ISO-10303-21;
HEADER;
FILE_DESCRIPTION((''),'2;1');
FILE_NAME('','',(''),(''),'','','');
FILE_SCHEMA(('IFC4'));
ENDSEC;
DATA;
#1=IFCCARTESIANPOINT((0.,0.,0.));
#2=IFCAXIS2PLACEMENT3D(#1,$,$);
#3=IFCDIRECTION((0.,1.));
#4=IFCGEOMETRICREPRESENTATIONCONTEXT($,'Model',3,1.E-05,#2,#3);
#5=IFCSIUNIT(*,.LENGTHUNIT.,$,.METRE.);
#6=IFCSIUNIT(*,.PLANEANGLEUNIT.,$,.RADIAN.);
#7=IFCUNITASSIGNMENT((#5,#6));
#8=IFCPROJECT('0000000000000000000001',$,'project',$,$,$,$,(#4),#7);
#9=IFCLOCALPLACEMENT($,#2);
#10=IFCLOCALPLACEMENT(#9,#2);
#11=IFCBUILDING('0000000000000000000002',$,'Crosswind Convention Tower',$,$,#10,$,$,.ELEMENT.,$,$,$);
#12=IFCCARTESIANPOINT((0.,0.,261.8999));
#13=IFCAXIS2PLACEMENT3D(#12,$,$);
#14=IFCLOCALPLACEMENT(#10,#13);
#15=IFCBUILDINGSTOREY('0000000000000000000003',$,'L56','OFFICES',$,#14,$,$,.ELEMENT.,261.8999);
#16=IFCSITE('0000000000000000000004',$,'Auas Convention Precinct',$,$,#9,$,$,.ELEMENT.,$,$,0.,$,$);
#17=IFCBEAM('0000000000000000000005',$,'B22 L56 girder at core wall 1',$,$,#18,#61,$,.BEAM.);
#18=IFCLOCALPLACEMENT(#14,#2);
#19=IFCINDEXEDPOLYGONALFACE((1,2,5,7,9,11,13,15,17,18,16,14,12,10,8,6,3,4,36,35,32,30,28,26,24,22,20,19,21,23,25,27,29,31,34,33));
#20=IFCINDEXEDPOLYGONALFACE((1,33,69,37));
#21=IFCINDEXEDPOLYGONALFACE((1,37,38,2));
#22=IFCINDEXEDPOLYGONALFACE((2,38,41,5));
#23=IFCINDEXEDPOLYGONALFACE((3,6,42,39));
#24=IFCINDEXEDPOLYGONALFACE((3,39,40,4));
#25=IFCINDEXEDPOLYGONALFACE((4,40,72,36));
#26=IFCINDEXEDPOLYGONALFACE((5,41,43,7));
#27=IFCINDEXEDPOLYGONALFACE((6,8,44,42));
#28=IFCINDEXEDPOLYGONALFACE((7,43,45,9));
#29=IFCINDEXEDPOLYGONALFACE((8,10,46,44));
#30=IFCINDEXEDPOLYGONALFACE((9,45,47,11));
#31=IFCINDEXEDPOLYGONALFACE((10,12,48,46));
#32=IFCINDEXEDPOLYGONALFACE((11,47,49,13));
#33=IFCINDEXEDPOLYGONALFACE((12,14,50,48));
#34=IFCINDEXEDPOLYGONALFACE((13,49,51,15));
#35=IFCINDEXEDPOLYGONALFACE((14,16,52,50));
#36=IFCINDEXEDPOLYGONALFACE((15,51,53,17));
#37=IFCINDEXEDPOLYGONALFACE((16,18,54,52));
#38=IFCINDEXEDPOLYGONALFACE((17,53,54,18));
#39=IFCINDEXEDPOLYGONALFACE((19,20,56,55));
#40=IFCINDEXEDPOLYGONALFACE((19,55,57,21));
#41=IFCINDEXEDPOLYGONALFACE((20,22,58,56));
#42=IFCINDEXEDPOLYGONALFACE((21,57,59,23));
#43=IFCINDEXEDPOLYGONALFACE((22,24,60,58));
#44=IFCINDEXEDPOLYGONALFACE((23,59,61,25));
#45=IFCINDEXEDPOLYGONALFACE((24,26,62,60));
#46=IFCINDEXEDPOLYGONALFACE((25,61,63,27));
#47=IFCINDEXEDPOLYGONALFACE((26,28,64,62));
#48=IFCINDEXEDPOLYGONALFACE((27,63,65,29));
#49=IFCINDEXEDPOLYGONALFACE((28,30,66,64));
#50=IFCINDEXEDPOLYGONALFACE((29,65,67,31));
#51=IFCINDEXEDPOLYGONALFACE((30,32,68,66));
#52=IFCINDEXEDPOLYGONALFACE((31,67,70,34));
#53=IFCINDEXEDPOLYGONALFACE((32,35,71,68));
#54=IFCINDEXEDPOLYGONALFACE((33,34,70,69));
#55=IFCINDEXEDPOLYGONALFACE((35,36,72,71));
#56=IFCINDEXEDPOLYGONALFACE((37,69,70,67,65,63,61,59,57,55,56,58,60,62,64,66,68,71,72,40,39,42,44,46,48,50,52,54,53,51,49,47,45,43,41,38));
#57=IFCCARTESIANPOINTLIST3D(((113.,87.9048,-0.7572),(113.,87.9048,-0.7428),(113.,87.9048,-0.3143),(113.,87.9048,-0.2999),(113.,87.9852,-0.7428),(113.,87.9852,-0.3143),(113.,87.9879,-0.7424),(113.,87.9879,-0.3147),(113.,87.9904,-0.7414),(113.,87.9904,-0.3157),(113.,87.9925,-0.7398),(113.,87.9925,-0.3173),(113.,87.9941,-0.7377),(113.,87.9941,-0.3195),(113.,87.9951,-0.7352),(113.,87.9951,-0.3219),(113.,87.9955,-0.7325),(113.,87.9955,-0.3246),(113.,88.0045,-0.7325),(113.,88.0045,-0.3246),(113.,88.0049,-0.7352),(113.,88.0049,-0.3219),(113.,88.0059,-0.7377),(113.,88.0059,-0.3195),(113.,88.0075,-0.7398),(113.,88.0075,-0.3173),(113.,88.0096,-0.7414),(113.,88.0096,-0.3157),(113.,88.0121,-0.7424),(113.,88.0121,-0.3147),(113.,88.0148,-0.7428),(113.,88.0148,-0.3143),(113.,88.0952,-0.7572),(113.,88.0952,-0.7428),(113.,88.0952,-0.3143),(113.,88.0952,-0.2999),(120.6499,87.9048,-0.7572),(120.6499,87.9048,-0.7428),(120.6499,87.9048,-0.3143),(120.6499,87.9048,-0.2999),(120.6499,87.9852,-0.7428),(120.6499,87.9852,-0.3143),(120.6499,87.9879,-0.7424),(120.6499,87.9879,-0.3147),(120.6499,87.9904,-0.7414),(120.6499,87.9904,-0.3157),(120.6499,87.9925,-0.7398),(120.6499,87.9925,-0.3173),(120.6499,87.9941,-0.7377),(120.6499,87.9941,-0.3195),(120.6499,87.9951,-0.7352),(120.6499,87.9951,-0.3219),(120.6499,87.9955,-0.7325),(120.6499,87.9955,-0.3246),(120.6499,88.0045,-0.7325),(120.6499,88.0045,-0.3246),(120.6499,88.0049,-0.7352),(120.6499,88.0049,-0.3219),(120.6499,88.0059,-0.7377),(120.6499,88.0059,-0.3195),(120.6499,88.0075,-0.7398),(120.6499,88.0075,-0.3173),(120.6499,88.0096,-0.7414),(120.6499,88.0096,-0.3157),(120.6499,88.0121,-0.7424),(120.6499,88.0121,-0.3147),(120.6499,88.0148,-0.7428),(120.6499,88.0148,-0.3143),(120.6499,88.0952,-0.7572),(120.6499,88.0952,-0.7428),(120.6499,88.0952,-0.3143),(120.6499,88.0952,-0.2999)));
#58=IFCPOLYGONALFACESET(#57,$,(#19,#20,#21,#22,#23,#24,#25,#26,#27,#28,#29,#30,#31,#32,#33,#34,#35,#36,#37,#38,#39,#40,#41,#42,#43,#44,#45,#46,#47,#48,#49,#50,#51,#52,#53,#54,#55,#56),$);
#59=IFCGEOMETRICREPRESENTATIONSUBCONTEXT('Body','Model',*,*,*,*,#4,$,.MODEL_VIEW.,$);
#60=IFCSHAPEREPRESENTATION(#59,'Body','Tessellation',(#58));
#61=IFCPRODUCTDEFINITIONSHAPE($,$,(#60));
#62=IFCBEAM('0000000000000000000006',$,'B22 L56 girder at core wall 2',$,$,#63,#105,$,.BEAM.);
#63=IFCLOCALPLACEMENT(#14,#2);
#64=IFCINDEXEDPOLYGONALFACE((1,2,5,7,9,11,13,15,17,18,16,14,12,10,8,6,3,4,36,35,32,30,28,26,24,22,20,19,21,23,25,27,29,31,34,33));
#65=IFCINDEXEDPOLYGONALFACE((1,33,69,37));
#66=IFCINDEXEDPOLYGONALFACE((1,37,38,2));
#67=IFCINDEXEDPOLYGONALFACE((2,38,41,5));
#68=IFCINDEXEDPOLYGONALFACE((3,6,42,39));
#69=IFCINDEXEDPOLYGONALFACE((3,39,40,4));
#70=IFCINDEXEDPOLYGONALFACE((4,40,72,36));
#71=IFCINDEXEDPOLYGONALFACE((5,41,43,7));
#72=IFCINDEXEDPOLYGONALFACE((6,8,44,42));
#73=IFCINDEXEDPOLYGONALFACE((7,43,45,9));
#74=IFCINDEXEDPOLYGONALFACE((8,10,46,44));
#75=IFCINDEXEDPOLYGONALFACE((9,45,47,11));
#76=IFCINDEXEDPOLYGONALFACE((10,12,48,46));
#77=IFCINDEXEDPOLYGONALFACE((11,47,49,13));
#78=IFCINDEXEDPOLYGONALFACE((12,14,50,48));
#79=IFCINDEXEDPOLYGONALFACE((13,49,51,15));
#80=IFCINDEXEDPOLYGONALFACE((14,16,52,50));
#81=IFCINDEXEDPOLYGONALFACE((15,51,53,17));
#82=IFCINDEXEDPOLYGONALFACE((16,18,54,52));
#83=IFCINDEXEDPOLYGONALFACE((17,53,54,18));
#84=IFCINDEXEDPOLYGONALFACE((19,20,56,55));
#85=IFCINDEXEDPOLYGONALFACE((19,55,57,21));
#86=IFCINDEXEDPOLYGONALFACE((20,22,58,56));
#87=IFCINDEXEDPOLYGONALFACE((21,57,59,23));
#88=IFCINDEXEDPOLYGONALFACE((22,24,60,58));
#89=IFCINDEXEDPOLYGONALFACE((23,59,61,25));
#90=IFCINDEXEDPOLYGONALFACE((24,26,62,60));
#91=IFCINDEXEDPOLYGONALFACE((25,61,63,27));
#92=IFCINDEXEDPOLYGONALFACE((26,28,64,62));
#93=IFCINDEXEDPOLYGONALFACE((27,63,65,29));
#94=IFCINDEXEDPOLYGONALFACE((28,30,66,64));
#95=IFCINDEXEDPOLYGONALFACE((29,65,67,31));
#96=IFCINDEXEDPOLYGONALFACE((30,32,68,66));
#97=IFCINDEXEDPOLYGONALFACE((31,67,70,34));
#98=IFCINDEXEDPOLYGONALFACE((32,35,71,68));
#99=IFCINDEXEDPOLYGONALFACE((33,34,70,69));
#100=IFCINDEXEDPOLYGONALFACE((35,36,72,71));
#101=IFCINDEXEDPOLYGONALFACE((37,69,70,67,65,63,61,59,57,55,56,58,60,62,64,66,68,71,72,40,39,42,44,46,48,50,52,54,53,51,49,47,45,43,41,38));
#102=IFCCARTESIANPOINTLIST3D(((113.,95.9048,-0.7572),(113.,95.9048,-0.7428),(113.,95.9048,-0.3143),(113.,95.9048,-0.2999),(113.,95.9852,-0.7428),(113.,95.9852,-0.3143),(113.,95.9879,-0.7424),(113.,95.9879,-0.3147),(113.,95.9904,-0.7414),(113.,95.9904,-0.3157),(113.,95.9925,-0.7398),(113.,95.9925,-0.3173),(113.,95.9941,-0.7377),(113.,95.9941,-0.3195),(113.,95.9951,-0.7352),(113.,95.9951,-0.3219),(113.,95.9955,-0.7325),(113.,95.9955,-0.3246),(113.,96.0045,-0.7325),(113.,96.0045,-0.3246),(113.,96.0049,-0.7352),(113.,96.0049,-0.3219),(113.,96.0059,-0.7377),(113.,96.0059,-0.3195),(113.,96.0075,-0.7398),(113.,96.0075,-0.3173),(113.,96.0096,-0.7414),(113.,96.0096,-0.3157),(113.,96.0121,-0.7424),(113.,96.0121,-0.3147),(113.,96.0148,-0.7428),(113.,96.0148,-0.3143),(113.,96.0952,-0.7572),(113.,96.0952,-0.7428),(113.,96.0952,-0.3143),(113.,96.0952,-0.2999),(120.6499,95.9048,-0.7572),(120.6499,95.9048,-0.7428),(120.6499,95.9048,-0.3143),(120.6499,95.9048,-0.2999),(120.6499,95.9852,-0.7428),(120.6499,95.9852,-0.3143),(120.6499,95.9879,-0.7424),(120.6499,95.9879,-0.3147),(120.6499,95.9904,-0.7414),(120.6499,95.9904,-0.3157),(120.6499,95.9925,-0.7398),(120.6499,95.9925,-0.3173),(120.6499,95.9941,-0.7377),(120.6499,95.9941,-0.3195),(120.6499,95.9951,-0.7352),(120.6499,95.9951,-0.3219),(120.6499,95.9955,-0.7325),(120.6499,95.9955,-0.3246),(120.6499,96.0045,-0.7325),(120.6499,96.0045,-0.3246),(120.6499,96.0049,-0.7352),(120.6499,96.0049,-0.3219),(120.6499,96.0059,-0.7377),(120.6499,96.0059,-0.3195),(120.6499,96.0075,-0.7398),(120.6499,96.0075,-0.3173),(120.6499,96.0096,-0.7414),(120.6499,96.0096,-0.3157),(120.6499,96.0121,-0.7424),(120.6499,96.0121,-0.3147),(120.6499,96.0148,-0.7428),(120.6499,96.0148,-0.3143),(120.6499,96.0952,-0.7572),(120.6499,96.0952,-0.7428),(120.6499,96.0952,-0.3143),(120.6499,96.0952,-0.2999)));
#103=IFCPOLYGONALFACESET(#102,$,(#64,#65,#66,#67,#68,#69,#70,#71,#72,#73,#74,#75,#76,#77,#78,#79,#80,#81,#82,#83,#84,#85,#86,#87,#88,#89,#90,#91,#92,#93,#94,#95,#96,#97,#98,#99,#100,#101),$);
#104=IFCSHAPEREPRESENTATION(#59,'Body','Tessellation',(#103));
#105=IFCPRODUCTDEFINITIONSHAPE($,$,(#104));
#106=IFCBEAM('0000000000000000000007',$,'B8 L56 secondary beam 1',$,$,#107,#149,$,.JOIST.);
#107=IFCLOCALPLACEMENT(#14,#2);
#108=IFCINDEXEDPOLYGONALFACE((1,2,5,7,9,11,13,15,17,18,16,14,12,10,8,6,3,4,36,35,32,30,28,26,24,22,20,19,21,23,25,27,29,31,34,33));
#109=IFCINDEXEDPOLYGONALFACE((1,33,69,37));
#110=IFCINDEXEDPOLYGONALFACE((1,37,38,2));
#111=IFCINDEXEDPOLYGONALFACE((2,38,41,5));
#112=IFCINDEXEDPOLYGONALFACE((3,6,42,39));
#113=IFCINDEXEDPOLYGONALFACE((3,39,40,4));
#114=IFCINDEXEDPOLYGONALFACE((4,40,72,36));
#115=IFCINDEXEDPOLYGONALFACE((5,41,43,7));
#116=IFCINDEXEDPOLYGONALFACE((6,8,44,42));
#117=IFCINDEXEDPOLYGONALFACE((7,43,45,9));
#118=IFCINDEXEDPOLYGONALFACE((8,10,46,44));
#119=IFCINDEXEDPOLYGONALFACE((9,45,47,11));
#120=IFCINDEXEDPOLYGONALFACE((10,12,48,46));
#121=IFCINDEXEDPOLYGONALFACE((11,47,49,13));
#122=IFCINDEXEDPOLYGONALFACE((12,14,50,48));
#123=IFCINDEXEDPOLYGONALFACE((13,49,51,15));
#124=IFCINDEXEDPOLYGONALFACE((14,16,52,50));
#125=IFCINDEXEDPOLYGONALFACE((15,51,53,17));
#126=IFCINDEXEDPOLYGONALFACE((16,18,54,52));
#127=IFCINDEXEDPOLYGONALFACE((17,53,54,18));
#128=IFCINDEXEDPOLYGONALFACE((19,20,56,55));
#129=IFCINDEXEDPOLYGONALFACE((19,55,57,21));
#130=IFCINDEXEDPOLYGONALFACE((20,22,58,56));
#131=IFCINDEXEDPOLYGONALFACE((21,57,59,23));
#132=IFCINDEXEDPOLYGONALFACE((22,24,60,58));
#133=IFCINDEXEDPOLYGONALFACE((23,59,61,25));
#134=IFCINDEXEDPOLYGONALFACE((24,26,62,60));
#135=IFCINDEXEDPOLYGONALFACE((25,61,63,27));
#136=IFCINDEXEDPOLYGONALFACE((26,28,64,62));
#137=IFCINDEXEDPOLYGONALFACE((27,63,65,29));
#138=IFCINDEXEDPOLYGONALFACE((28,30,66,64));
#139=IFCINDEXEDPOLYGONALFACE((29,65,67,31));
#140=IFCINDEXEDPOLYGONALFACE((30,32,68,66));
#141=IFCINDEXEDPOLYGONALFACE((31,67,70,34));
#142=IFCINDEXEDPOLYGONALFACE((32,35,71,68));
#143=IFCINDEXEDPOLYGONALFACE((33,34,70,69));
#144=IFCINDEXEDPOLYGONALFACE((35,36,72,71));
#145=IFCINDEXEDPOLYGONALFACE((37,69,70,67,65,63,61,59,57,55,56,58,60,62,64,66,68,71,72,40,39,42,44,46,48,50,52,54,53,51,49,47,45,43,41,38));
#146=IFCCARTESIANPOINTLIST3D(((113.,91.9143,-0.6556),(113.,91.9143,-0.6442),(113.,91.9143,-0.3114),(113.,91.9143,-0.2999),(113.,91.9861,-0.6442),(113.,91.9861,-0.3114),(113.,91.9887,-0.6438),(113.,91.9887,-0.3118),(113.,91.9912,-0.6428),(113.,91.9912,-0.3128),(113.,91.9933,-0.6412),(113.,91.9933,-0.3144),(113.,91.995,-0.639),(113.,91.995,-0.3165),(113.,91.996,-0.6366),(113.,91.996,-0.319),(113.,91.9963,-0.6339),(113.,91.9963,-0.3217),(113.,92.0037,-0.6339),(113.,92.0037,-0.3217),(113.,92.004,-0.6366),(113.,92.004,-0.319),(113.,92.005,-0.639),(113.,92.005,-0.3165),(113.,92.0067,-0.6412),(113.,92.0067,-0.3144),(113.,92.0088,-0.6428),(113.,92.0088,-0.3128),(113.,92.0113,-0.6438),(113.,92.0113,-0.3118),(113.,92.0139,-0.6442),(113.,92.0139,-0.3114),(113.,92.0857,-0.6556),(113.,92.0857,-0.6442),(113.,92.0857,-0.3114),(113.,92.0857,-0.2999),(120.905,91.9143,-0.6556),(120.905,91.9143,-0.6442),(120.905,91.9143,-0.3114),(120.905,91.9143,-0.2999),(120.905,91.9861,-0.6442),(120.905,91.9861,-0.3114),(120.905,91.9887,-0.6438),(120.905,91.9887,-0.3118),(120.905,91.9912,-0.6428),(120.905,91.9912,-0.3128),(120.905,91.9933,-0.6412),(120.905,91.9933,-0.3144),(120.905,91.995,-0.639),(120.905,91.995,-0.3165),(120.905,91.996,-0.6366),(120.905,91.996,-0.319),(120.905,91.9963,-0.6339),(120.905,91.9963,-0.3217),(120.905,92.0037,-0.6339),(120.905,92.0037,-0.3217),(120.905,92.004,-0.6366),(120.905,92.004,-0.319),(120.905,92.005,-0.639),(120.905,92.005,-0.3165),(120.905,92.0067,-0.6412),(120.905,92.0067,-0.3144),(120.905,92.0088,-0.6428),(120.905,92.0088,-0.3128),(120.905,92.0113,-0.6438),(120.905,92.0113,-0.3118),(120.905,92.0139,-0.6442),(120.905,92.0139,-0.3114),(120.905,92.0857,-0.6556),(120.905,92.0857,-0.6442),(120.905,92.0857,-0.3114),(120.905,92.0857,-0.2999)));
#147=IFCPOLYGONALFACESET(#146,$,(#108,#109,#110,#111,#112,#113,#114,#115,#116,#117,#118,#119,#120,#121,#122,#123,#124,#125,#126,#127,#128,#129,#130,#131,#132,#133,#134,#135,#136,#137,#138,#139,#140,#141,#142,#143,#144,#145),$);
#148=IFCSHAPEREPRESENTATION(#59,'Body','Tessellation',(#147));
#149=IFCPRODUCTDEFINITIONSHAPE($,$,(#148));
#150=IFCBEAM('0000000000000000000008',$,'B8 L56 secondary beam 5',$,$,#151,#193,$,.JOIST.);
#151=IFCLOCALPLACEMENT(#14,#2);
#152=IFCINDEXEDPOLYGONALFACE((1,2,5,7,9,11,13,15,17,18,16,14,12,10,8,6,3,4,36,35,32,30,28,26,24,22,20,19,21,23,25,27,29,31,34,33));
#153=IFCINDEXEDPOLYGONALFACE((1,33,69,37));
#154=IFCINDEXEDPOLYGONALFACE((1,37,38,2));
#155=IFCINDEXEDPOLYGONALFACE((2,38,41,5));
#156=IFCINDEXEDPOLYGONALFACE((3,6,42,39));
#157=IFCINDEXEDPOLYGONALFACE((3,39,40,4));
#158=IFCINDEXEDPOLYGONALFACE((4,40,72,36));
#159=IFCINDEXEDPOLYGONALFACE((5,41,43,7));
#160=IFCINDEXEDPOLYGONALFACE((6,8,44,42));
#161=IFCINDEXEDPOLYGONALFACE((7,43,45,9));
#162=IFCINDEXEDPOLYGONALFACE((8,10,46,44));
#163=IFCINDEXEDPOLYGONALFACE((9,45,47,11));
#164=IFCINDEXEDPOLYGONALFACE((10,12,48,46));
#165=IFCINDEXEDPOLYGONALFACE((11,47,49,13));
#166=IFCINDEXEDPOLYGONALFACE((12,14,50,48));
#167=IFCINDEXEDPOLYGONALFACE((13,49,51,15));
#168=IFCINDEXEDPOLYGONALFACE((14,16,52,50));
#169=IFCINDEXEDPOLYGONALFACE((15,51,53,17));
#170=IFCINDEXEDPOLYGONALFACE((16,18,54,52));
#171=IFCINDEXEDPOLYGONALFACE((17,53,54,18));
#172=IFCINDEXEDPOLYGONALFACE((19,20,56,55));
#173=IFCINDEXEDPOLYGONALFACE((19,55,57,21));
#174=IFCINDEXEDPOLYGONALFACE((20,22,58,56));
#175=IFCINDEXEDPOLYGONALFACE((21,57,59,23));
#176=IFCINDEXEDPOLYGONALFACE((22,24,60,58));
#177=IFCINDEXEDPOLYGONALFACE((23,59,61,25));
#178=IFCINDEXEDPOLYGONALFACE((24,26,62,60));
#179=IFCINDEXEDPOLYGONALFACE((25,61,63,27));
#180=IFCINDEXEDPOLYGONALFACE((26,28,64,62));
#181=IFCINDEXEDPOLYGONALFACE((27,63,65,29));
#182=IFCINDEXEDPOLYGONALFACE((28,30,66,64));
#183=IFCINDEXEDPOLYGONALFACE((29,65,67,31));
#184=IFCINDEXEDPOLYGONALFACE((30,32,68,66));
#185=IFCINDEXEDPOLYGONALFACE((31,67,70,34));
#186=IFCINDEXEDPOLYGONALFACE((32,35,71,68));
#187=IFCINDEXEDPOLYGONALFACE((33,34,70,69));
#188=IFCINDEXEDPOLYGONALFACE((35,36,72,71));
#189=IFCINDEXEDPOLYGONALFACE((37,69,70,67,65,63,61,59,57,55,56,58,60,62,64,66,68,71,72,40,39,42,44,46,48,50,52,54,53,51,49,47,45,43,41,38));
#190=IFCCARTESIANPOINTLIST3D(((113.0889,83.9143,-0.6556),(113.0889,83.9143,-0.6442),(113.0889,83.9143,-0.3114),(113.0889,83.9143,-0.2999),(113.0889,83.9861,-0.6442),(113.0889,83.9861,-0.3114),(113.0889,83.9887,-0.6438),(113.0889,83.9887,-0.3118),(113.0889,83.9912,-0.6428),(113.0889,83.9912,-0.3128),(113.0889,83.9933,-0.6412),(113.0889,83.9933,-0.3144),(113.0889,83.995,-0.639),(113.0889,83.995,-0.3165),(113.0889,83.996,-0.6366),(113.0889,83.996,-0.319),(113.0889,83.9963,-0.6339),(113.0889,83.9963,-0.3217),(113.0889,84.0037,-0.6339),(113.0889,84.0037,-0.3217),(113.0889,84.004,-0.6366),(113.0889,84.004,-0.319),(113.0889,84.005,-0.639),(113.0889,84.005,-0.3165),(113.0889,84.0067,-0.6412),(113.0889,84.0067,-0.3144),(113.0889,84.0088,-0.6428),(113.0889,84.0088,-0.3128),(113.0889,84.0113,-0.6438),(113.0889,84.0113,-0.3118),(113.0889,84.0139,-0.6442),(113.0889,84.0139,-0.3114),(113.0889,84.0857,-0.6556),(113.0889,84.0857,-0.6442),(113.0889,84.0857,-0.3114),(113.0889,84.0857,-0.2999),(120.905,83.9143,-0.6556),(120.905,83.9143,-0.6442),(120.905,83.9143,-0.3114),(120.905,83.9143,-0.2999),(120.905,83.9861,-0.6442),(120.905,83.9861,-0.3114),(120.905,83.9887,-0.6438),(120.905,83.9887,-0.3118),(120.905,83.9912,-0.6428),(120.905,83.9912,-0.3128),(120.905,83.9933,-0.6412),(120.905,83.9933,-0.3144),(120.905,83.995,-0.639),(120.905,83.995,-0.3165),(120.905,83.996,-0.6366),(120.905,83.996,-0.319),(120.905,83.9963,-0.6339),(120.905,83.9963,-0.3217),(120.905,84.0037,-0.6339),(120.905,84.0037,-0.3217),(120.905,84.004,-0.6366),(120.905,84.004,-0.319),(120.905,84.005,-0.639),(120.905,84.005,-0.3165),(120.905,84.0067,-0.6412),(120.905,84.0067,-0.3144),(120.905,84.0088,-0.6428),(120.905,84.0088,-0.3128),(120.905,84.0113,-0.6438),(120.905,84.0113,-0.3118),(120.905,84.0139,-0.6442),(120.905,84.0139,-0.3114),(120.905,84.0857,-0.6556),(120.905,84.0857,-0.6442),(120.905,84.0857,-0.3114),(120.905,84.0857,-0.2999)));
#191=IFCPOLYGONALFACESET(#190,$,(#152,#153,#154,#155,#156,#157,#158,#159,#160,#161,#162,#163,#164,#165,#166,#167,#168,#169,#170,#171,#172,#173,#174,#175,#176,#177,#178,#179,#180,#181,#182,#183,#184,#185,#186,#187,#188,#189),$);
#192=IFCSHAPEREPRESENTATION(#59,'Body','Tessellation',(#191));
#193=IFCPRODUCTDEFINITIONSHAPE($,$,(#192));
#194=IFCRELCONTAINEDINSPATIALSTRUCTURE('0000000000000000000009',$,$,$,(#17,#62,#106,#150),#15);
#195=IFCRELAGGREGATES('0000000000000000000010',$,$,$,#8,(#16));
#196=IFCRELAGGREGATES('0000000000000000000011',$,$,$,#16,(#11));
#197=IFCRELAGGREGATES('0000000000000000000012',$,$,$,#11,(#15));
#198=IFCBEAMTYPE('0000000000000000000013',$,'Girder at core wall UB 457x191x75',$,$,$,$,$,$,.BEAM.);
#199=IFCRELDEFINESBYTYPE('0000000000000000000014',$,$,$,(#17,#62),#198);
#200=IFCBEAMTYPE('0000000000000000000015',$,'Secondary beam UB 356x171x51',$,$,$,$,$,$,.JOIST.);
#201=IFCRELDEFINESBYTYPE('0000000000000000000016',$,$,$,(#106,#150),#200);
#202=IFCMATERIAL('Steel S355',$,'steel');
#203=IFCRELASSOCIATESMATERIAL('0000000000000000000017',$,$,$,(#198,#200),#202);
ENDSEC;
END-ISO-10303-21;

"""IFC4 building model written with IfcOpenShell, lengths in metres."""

from ifc_helpers import new_model, si_unit, direction, frame, origin, origin_2d, place, context, subcontext, project, spatial, i_section, extrude, material, material_profile, profile_set, type_object, element, save


model = new_model("IFC4")

# Units and contexts
model_context = context("Model", 3, precision=1e-05, world=origin(), true_north=direction((0.0, 1.0)))
body_context = subcontext(model_context, "Body", "Model", "MODEL_VIEW")
ifc_project = project(units=[si_unit("LENGTHUNIT", "METRE"), si_unit("PLANEANGLEUNIT", "RADIAN")], contexts=[model_context])

# Site, building, storey
site_placement = place(None, origin())
site = spatial("IfcSite", under=ifc_project, at=site_placement, Name="Auas Convention Precinct", CompositionType="ELEMENT", RefElevation=0.0)
building_placement = place(site_placement, origin())
building = spatial("IfcBuilding", under=site, at=building_placement, Name="Crosswind Convention Tower", CompositionType="ELEMENT")
storey_placement = place(building_placement, frame((0.0, 0.0, 261.8999)))
storey = spatial("IfcBuildingStorey", under=building, at=storey_placement, Name="L56", Description="OFFICES", CompositionType="ELEMENT", Elevation=261.8999)

# Beams
ifc_material_1 = material(Name="Steel S355", Category="steel")
ifc_material_profile_1 = material_profile(ifc_material_1, i_section(OverallWidth=0.1904, OverallDepth=0.4573, WebThickness=0.009, FlangeThickness=0.0144, FilletRadius=0.0103, at=origin_2d()), Name="UB 457x191x75")
ifc_profile_set_1 = profile_set([ifc_material_profile_1], Name="Steel S355")
beam_type_1 = type_object("IfcBeamType", Name="Girder at core wall UB 457x191x75", PredefinedType="BEAM", material=ifc_profile_set_1)
for number, where, z_axis, x_axis, name in (
    (1, (113.0, 88.0, -0.5286), (1.0, 0.0, 0.0), (0.0, 1.0, 0.0), "B22 L56 girder at core wall 1"),
    (2, (113.0, 96.0, -0.5286), (1.0, 0.0, 0.0), (0.0, 1.0, 0.0), "B22 L56 girder at core wall 2"),
):
    element("IfcBeam", number, at=place(storey_placement, frame(where, z_axis=z_axis, x_axis=x_axis)), inside=storey, type_object=beam_type_1, Name=name, PredefinedType="BEAM", context=body_context, shape_type="SweptSolid", body=[
        extrude(i_section(OverallWidth=0.1904, OverallDepth=0.4573, WebThickness=0.009, FlangeThickness=0.0144, FilletRadius=0.0103, at=origin_2d()), origin(), (0.0, 0.0, 1.0), 7.6499),
    ])
ifc_material_profile_2 = material_profile(ifc_material_1, i_section(OverallWidth=0.1714, OverallDepth=0.3557, WebThickness=0.0073, FlangeThickness=0.0115, FilletRadius=0.0103, at=origin_2d()), Name="UB 356x171x51")
ifc_profile_set_2 = profile_set([ifc_material_profile_2], Name="Steel S355")
beam_type_2 = type_object("IfcBeamType", Name="Secondary beam UB 356x171x51", PredefinedType="JOIST", material=ifc_profile_set_2)
beam_1_placement = place(storey_placement, frame((113.0, 92.0, -0.4778), z_axis=(1.0, 0.0, 0.0), x_axis=(0.0, 1.0, 0.0)))
element("IfcBeam", 3, at=beam_1_placement, inside=storey, type_object=beam_type_2, Name="B8 L56 secondary beam 1", PredefinedType="JOIST", context=body_context, shape_type="SweptSolid", body=[
    extrude(i_section(OverallWidth=0.1714, OverallDepth=0.3557, WebThickness=0.0073, FlangeThickness=0.0115, FilletRadius=0.0103, at=origin_2d()), origin(), (0.0, 0.0, 1.0), 7.905),
])
beam_2_placement = place(storey_placement, frame((113.0889, 84.0, -0.4778), z_axis=(1.0, 0.0, 0.0), x_axis=(0.0, 1.0, 0.0)))
element("IfcBeam", 4, at=beam_2_placement, inside=storey, type_object=beam_type_2, Name="B8 L56 secondary beam 5", PredefinedType="JOIST", context=body_context, shape_type="SweptSolid", body=[
    extrude(i_section(OverallWidth=0.1714, OverallDepth=0.3557, WebThickness=0.0073, FlangeThickness=0.0115, FilletRadius=0.0103, at=origin_2d()), origin(), (0.0, 0.0, 1.0), 7.8162),
])

save(model, "model.ifc")
